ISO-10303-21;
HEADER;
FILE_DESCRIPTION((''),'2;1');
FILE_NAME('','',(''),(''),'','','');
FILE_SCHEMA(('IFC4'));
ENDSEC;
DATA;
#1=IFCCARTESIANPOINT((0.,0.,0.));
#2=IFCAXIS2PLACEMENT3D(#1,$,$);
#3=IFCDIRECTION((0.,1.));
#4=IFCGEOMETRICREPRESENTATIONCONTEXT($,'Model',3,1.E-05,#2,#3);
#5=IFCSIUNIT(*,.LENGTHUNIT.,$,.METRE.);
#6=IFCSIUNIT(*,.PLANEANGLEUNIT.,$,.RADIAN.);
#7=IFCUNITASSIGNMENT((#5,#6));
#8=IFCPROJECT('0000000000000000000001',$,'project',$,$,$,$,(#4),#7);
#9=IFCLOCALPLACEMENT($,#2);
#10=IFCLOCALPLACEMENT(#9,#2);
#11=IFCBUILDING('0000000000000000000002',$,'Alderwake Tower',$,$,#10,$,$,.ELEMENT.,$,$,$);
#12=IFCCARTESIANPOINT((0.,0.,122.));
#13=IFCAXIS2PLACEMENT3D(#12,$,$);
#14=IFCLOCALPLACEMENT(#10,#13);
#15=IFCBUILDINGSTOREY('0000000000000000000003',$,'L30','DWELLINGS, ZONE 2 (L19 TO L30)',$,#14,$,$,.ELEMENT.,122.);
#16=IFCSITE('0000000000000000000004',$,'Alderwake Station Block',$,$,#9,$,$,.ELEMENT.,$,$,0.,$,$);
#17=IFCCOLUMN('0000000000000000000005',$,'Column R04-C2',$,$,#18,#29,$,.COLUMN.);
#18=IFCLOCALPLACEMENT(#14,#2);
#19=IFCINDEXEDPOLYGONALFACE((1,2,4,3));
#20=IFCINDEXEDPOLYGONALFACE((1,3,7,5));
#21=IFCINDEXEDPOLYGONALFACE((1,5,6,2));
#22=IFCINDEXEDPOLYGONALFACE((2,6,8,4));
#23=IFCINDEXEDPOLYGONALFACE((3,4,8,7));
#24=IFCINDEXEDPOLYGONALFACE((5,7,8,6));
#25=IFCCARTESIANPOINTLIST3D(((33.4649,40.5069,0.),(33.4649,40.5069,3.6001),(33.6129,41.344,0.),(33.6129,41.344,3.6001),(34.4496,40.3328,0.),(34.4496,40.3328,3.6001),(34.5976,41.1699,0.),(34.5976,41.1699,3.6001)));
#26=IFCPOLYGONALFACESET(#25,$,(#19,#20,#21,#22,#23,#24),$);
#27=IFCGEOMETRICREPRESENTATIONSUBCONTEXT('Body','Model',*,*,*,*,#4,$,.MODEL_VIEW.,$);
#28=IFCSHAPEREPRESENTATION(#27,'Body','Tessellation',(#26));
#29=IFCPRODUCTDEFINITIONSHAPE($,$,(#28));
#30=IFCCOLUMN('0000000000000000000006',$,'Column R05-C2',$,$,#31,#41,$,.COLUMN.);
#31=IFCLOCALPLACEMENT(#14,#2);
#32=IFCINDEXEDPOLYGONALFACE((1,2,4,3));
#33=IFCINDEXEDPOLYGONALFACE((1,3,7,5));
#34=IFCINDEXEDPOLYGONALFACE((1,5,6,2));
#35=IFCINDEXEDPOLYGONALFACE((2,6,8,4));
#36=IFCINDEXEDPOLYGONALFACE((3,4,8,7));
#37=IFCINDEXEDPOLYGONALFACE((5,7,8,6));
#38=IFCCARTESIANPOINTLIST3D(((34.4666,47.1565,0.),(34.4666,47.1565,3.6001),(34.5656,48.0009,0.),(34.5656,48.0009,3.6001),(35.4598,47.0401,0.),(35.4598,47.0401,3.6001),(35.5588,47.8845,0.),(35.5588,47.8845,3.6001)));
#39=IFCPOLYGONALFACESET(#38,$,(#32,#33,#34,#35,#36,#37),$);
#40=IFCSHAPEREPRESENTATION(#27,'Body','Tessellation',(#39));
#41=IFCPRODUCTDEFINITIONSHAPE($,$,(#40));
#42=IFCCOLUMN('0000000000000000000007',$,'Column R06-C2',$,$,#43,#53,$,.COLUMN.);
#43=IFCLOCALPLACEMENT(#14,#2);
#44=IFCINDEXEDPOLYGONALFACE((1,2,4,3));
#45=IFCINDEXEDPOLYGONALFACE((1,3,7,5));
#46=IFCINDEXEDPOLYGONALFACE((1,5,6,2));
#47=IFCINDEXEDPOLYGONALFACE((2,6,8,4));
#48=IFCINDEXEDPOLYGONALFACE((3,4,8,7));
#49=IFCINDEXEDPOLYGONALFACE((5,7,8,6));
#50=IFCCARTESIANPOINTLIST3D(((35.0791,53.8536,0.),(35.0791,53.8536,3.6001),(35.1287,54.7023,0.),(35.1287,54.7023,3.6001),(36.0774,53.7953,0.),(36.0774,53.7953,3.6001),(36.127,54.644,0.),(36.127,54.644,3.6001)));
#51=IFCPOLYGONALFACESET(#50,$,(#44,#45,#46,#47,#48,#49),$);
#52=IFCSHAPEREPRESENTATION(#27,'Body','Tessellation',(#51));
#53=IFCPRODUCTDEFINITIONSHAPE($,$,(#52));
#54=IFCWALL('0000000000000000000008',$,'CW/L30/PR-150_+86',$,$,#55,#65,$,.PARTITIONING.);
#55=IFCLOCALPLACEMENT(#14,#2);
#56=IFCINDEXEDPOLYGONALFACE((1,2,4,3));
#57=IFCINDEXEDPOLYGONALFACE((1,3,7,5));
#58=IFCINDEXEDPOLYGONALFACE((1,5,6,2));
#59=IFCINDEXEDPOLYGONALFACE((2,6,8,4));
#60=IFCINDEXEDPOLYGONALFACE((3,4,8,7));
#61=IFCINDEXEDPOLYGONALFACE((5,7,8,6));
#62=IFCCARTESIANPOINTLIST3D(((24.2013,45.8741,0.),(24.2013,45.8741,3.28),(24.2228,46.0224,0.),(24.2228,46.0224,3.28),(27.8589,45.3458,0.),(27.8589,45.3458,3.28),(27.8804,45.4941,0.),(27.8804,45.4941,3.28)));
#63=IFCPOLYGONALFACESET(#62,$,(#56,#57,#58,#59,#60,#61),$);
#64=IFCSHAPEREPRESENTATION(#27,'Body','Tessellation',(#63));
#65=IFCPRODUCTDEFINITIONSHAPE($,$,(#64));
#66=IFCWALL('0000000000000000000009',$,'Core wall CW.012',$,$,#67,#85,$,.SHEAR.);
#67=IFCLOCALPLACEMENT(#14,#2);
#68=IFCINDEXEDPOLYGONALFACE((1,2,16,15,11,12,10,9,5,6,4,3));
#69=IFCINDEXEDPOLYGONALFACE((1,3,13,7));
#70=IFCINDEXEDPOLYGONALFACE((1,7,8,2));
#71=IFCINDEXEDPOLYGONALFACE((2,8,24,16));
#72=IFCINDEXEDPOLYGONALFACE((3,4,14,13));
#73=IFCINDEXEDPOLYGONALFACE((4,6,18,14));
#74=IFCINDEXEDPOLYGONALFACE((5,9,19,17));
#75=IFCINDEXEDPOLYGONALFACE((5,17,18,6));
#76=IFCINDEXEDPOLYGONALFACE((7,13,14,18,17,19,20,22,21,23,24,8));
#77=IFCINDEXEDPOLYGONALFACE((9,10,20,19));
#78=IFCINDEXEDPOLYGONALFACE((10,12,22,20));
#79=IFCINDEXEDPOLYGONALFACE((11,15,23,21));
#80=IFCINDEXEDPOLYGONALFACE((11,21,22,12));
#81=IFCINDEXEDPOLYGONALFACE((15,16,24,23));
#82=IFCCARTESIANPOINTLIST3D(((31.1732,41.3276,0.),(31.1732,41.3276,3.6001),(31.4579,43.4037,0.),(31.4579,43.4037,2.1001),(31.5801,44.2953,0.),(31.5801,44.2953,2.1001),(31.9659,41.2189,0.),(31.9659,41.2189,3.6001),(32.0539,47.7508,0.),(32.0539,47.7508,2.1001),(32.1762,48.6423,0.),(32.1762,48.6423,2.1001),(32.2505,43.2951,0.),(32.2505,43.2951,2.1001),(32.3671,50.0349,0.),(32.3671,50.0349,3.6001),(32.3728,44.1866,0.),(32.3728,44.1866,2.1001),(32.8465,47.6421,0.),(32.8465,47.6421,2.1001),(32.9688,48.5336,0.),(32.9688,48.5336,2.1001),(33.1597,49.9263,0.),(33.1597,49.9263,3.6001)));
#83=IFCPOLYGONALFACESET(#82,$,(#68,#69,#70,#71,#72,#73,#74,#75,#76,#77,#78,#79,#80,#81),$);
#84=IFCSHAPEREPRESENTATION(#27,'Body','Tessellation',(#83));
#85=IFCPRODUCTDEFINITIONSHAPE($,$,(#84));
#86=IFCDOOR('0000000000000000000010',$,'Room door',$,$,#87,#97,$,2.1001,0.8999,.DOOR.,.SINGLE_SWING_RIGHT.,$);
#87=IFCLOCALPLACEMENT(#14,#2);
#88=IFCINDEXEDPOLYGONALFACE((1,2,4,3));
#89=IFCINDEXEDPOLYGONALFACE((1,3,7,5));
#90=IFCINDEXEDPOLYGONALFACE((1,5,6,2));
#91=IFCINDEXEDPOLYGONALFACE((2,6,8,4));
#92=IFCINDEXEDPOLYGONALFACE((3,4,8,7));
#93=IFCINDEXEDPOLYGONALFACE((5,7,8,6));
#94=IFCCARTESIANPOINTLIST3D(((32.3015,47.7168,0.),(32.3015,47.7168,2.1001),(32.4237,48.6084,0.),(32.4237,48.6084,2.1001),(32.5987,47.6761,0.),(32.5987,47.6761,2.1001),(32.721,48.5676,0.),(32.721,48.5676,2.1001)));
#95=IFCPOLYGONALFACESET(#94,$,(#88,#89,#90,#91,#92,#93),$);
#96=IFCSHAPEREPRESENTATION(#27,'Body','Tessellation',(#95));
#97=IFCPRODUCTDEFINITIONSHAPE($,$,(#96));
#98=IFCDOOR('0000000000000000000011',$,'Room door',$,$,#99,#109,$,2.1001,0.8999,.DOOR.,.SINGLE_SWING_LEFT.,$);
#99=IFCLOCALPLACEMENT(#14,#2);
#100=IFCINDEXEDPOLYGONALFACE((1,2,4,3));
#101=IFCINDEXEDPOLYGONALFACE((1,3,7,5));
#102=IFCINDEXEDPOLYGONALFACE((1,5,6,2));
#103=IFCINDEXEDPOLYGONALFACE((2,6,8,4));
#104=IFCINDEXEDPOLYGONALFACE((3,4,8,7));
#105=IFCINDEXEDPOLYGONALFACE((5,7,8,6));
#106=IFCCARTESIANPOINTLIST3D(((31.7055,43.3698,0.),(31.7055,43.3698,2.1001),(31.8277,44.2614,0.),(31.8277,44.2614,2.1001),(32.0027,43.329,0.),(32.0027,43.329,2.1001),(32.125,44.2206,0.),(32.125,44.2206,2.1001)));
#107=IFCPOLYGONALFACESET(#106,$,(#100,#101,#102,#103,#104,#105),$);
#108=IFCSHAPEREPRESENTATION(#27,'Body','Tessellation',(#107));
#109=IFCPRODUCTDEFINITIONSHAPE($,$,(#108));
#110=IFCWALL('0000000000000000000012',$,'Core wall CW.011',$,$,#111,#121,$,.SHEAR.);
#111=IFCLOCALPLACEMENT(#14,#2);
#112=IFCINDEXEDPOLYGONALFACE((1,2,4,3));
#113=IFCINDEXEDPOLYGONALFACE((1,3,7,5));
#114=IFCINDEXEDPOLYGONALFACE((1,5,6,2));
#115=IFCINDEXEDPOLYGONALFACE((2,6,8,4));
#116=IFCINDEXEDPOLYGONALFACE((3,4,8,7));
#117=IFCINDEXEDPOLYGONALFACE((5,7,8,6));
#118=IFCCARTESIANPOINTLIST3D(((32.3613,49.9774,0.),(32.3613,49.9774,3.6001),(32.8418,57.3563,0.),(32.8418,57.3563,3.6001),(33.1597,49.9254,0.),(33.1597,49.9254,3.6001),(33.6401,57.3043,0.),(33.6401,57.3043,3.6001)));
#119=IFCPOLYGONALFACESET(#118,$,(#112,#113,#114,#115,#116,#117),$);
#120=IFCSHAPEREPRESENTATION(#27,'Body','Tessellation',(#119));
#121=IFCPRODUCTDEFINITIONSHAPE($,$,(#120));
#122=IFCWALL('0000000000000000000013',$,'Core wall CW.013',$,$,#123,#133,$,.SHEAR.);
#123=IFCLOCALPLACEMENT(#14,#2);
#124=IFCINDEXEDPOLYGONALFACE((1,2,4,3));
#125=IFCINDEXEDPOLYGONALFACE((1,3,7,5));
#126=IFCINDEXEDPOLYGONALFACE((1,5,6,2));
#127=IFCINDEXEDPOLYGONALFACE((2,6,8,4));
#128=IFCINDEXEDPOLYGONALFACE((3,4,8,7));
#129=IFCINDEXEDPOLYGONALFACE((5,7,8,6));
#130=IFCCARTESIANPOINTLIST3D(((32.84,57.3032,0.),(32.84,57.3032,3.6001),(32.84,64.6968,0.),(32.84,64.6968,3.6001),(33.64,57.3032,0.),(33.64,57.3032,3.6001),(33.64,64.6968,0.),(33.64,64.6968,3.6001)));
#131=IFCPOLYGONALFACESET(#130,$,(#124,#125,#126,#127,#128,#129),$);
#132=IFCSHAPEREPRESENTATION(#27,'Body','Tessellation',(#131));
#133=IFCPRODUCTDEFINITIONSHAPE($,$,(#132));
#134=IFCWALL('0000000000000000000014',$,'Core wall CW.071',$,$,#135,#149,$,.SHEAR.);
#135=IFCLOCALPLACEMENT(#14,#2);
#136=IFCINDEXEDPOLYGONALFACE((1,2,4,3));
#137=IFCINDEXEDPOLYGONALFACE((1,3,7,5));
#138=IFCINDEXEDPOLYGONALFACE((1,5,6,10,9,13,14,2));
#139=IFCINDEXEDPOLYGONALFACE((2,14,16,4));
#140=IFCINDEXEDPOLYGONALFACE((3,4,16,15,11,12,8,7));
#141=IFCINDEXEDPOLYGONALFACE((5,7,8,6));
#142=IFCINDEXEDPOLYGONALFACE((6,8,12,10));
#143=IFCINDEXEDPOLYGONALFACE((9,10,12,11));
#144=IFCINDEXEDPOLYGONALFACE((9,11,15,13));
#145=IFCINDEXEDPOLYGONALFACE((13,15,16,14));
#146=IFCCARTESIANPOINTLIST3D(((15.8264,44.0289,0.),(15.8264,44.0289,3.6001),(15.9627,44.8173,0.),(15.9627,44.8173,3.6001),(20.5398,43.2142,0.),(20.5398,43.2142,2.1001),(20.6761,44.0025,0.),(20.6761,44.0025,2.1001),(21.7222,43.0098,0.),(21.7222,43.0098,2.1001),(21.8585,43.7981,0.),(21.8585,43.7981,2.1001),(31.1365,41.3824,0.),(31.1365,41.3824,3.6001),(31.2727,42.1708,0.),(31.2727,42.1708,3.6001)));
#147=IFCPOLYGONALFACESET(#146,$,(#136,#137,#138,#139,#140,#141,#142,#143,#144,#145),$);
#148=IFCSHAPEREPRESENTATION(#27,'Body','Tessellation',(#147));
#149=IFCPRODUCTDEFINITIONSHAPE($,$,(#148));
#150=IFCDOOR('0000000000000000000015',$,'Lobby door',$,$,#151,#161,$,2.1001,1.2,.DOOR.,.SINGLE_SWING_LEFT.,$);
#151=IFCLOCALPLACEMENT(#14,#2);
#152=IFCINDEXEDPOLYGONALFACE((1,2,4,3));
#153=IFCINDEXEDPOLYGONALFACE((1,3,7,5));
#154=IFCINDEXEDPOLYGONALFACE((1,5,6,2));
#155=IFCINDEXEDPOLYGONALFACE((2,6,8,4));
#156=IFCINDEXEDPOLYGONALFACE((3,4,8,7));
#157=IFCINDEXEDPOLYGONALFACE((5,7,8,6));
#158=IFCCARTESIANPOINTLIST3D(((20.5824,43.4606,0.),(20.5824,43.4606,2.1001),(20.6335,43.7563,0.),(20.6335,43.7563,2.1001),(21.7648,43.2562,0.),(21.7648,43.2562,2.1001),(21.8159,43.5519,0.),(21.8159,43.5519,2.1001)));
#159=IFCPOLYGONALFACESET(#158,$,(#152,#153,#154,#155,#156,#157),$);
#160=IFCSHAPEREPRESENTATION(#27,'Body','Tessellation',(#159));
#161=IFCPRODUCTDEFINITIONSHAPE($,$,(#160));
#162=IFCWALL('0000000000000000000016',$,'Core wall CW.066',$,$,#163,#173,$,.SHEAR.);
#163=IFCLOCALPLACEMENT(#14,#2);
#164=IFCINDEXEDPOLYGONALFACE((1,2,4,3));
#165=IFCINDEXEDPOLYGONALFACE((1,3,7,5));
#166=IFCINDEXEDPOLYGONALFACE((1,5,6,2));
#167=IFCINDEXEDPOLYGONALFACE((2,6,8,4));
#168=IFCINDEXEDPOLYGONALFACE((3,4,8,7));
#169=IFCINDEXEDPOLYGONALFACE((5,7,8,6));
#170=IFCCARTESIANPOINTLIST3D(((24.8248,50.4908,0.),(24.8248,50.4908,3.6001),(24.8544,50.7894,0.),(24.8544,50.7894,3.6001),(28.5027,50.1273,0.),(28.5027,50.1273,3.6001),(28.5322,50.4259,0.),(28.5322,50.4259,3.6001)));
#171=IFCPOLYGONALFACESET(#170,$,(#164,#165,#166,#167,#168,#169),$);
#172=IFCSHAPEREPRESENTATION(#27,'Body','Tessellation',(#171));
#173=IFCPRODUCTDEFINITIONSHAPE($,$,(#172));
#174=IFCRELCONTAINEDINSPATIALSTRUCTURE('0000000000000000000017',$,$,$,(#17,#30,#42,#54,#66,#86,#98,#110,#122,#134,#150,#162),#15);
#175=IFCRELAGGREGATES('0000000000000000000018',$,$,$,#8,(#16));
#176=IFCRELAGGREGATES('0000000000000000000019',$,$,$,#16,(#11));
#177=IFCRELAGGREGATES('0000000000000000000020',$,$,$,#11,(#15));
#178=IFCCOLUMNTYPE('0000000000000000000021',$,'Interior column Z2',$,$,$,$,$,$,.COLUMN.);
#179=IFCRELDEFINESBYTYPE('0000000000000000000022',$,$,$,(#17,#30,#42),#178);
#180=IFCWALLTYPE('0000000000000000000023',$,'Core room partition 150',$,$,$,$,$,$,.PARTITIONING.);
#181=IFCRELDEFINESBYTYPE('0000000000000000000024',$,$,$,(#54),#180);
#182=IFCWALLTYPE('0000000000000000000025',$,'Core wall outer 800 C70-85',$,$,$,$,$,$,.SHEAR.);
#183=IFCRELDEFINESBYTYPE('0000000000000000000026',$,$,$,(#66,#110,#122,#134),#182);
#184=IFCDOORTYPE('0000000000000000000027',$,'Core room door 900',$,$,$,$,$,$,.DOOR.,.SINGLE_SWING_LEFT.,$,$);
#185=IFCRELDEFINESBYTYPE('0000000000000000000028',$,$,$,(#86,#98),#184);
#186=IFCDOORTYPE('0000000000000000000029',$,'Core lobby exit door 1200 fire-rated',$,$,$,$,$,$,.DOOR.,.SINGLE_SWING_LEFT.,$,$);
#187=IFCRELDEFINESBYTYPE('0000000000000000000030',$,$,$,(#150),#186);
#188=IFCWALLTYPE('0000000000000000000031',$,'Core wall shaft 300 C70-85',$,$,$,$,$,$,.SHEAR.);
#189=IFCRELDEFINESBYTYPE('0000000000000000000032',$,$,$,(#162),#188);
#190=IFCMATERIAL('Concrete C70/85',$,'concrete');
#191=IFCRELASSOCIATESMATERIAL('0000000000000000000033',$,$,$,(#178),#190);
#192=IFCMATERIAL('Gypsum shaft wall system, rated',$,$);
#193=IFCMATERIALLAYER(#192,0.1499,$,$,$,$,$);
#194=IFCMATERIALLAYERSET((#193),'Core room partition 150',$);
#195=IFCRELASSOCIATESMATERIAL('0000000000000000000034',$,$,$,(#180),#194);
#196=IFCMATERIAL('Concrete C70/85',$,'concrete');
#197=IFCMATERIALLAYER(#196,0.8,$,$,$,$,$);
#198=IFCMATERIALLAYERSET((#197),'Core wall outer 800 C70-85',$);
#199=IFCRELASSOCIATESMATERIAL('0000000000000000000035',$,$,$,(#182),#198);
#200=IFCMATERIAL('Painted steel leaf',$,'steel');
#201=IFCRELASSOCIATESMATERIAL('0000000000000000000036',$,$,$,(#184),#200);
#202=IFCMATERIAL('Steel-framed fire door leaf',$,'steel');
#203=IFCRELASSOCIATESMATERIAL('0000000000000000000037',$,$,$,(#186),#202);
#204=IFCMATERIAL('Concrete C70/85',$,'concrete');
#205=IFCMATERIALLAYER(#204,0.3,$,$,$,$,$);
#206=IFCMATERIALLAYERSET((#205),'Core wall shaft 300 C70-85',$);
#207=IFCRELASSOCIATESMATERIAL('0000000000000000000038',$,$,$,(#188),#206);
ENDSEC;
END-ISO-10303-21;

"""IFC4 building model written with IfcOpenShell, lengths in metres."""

from ifc_helpers import new_model, si_unit, direction, frame, frame_2d, origin, origin_2d, place, context, subcontext, project, spatial, rectangle, extrude, material, layer, layer_set, material_profile, profile_set, type_object, element, fill, save


model = new_model("IFC4")

# Units and contexts
model_context = context("Model", 3, precision=1e-05, world=origin(), true_north=direction((0.0, 1.0)))
body_context = subcontext(model_context, "Body", "Model", "MODEL_VIEW")
ifc_project = project(units=[si_unit("LENGTHUNIT", "METRE"), si_unit("PLANEANGLEUNIT", "RADIAN")], contexts=[model_context])

# Site, building, storey
site_placement = place(None, origin())
site = spatial("IfcSite", under=ifc_project, at=site_placement, Name="Alderwake Station Block", CompositionType="ELEMENT", RefElevation=0.0)
building_placement = place(site_placement, origin())
building = spatial("IfcBuilding", under=site, at=building_placement, Name="Alderwake Tower", CompositionType="ELEMENT")
storey_placement = place(building_placement, frame((0.0, 0.0, 122.0)))
storey = spatial("IfcBuildingStorey", under=building, at=storey_placement, Name="L30", Description="DWELLINGS, ZONE 2 (L19 TO L30)", CompositionType="ELEMENT", Elevation=122.0)

# Columns
ifc_material_1 = material(Name="Concrete C70/85", Category="concrete")
ifc_material_profile = material_profile(ifc_material_1, rectangle(XDim=0.8501, YDim=1.0, at=origin_2d()), Name="RC 1000X850")
ifc_profile_set = profile_set([ifc_material_profile], Name="Concrete C70/85")
column_type = type_object("IfcColumnType", Name="Interior column Z2", PredefinedType="COLUMN", material=ifc_profile_set)
for number, where, z_axis, x_axis, name in (
    (1, (34.0312, 40.8384, 0.0), (0.0, 0.0, 1.0), (0.174109, 0.984726, 0.0), "Column R04-C2"),
    (2, (35.0127, 47.5205, 0.0), (0.0, 0.0, 1.0), (0.116402, 0.993202, 0.0), "Column R05-C2"),
    (3, (35.603, 54.2488, 0.0), (0.0, 0.0, 1.0), (0.058301, 0.998299, 0.0), "Column R06-C2"),
):
    element("IfcColumn", number, at=place(storey_placement, frame(where, z_axis=z_axis, x_axis=x_axis)), inside=storey, type_object=column_type, Name=name, PredefinedType="COLUMN", context=body_context, shape_type="SweptSolid", body=[
        extrude(rectangle(XDim=0.8501, YDim=1.0, at=origin_2d()), origin(), (0.0, 0.0, 1.0), 3.6001),
    ])

# Wall
ifc_material_2 = material(Name="Gypsum shaft wall system, rated")
ifc_layer_1 = layer(ifc_material_2, 0.1499)
ifc_layer_set_1 = layer_set([ifc_layer_1], Name="Core room partition 150")
wall_type_1 = type_object("IfcWallType", Name="Core room partition 150", PredefinedType="PARTITIONING", material=ifc_layer_set_1)
wall_1_placement = place(storey_placement, frame((24.2122, 45.9482, 0.0), z_axis=(0.0, 0.0, 1.0), x_axis=(0.989729, -0.142956, 0.0)))
element("IfcWall", 4, at=wall_1_placement, inside=storey, type_object=wall_type_1, Name="CW/L30/PR-150_+86", PredefinedType="PARTITIONING", context=body_context, shape_type="SweptSolid", body=[
    extrude(rectangle(XDim=3.6956, YDim=0.1499, at=frame_2d((1.8477, 0.0))), origin(), (0.0, 0.0, 1.0), 3.28),
])

# Wall, openings, doors
ifc_material_3 = material(Name="Concrete C70/85", Category="concrete")
ifc_layer_2 = layer(ifc_material_3, 0.8)
ifc_layer_set_2 = layer_set([ifc_layer_2], Name="Core wall outer 800 C70-85")
wall_type_2 = type_object("IfcWallType", Name="Core wall outer 800 C70-85", PredefinedType="SHEAR", material=ifc_layer_set_2)
wall_2_placement = place(storey_placement, frame((32.7634, 49.9807, 0.0), z_axis=(0.0, 0.0, 1.0), x_axis=(-0.135838, -0.990731, 0.0)))
wall_2 = element("IfcWall", 5, at=wall_2_placement, inside=storey, type_object=wall_type_2, Name="Core wall CW.012", PredefinedType="SHEAR", context=body_context, shape_type="SweptSolid", body=[
    extrude(rectangle(XDim=8.7888, YDim=0.8, at=frame_2d((4.3945, 0.0))), origin(), (0.0, 0.0, 1.0), 3.6001),
])
opening_1_placement = place(wall_2_placement, frame((1.4058, 0.0, 0.0)))
opening_1 = element("IfcOpeningElement", 6, at=opening_1_placement, cuts=wall_2, PredefinedType="OPENING", context=body_context, shape_type="SweptSolid", body=[
    extrude(rectangle(XDim=0.8999, YDim=2.1001, at=frame_2d((0.45, 1.05))), frame((0.0, 0.4099, 0.0), z_axis=(0.0, -1.0, 0.0), x_axis=(1.0, 0.0, 0.0)), (0.0, 0.0, 1.0), 0.8201),
])
opening_2_placement = place(wall_2_placement, frame((5.7935, 0.0, 0.0)))
opening_2 = element("IfcOpeningElement", 7, at=opening_2_placement, cuts=wall_2, PredefinedType="OPENING", context=body_context, shape_type="SweptSolid", body=[
    extrude(rectangle(XDim=0.8999, YDim=2.1001, at=frame_2d((0.45, 1.05))), frame((0.0, 0.4099, 0.0), z_axis=(0.0, -1.0, 0.0), x_axis=(1.0, 0.0, 0.0)), (0.0, 0.0, 1.0), 0.8201),
])
ifc_material_4 = material(Name="Painted steel leaf", Category="steel")
door_type_1 = type_object("IfcDoorType", Name="Core room door 900", OperationType="SINGLE_SWING_LEFT", PredefinedType="DOOR", material=ifc_material_4)
door_1_placement = place(opening_1_placement, origin())
door_1 = element("IfcDoor", 8, at=door_1_placement, inside=storey, type_object=door_type_1, Name="Room door", OperationType="SINGLE_SWING_RIGHT", OverallHeight=2.1001, OverallWidth=0.8999, PredefinedType="DOOR", context=body_context, shape_type="SweptSolid", body=[
    extrude(rectangle(XDim=0.8999, YDim=2.1001, at=frame_2d((0.45, 1.05))), frame((0.0, 0.1499, 0.0), z_axis=(0.0, -1.0, 0.0), x_axis=(1.0, 0.0, 0.0)), (0.0, 0.0, 1.0), 0.3),
])
fill(opening_1, door_1)
door_2_placement = place(opening_2_placement, origin())
door_2 = element("IfcDoor", 9, at=door_2_placement, inside=storey, type_object=door_type_1, Name="Room door", OperationType="SINGLE_SWING_LEFT", OverallHeight=2.1001, OverallWidth=0.8999, PredefinedType="DOOR", context=body_context, shape_type="SweptSolid", body=[
    extrude(rectangle(XDim=0.8999, YDim=2.1001, at=frame_2d((0.45, 1.05))), frame((0.0, 0.1499, 0.0), z_axis=(0.0, -1.0, 0.0), x_axis=(1.0, 0.0, 0.0)), (0.0, 0.0, 1.0), 0.3),
])
fill(opening_2, door_2)

# Walls
wall_3_placement = place(storey_placement, frame((32.7605, 49.9514, 0.0), z_axis=(0.0, 0.0, 1.0), x_axis=(0.064976, 0.997887, 0.0)))
element("IfcWall", 10, at=wall_3_placement, inside=storey, type_object=wall_type_2, Name="Core wall CW.011", PredefinedType="SHEAR", context=body_context, shape_type="SweptSolid", body=[
    extrude(rectangle(XDim=7.3945, YDim=0.8, at=frame_2d((3.6973, 0.0))), origin(), (0.0, 0.0, 1.0), 3.6001),
])
wall_4_placement = place(storey_placement, frame((33.24, 57.3032, 0.0), z_axis=(0.0, 0.0, 1.0), x_axis=(0.0, 1.0, 0.0)))
element("IfcWall", 11, at=wall_4_placement, inside=storey, type_object=wall_type_2, Name="Core wall CW.013", PredefinedType="SHEAR", context=body_context, shape_type="SweptSolid", body=[
    extrude(rectangle(XDim=7.3936, YDim=0.8, at=frame_2d((3.6968, 0.0))), origin(), (0.0, 0.0, 1.0), 3.6001),
])

# Wall, opening, door
wall_5_placement = place(storey_placement, frame((31.2046, 41.7766, 0.0), z_axis=(0.0, 0.0, 1.0), x_axis=(-0.985387, 0.170333, 0.0)))
wall_5 = element("IfcWall", 12, at=wall_5_placement, inside=storey, type_object=wall_type_2, Name="Core wall CW.071", PredefinedType="SHEAR", context=body_context, shape_type="SweptSolid", body=[
    extrude(rectangle(XDim=15.5371, YDim=0.8, at=frame_2d((7.7686, 0.0))), origin(), (0.0, 0.0, 1.0), 3.6001),
])
opening_3_placement = place(wall_5_placement, frame((9.5537, 0.0, 0.0)))
opening_3 = element("IfcOpeningElement", 13, at=opening_3_placement, cuts=wall_5, PredefinedType="OPENING", context=body_context, shape_type="SweptSolid", body=[
    extrude(rectangle(XDim=1.2, YDim=2.1001, at=frame_2d((0.6001, 1.05))), frame((0.0, 0.4099, 0.0), z_axis=(0.0, -1.0, 0.0), x_axis=(1.0, 0.0, 0.0)), (0.0, 0.0, 1.0), 0.8201),
])
ifc_material_5 = material(Name="Steel-framed fire door leaf", Category="steel")
door_type_2 = type_object("IfcDoorType", Name="Core lobby exit door 1200 fire-rated", OperationType="SINGLE_SWING_LEFT", PredefinedType="DOOR", material=ifc_material_5)
door_3_placement = place(opening_3_placement, origin())
door_3 = element("IfcDoor", 14, at=door_3_placement, inside=storey, type_object=door_type_2, Name="Lobby door", OperationType="SINGLE_SWING_LEFT", OverallHeight=2.1001, OverallWidth=1.2, PredefinedType="DOOR", context=body_context, shape_type="SweptSolid", body=[
    extrude(rectangle(XDim=1.2, YDim=2.1001, at=frame_2d((0.6001, 1.05))), frame((0.0, 0.1499, 0.0), z_axis=(0.0, -1.0, 0.0), x_axis=(1.0, 0.0, 0.0)), (0.0, 0.0, 1.0), 0.3),
])
fill(opening_3, door_3)

# Wall
ifc_material_6 = material(Name="Concrete C70/85", Category="concrete")
ifc_layer_3 = layer(ifc_material_6, 0.3)
ifc_layer_set_3 = layer_set([ifc_layer_3], Name="Core wall shaft 300 C70-85")
wall_type_3 = type_object("IfcWallType", Name="Core wall shaft 300 C70-85", PredefinedType="SHEAR", material=ifc_layer_set_3)
wall_6_placement = place(storey_placement, frame((24.8396, 50.6401, 0.0), z_axis=(0.0, 0.0, 1.0), x_axis=(0.995151, -0.098359, 0.0)))
element("IfcWall", 15, at=wall_6_placement, inside=storey, type_object=wall_type_3, Name="Core wall CW.066", PredefinedType="SHEAR", context=body_context, shape_type="SweptSolid", body=[
    extrude(rectangle(XDim=3.6958, YDim=0.3, at=frame_2d((1.8479, 0.0))), origin(), (0.0, 0.0, 1.0), 3.6001),
])

save(model, "model.ifc")
